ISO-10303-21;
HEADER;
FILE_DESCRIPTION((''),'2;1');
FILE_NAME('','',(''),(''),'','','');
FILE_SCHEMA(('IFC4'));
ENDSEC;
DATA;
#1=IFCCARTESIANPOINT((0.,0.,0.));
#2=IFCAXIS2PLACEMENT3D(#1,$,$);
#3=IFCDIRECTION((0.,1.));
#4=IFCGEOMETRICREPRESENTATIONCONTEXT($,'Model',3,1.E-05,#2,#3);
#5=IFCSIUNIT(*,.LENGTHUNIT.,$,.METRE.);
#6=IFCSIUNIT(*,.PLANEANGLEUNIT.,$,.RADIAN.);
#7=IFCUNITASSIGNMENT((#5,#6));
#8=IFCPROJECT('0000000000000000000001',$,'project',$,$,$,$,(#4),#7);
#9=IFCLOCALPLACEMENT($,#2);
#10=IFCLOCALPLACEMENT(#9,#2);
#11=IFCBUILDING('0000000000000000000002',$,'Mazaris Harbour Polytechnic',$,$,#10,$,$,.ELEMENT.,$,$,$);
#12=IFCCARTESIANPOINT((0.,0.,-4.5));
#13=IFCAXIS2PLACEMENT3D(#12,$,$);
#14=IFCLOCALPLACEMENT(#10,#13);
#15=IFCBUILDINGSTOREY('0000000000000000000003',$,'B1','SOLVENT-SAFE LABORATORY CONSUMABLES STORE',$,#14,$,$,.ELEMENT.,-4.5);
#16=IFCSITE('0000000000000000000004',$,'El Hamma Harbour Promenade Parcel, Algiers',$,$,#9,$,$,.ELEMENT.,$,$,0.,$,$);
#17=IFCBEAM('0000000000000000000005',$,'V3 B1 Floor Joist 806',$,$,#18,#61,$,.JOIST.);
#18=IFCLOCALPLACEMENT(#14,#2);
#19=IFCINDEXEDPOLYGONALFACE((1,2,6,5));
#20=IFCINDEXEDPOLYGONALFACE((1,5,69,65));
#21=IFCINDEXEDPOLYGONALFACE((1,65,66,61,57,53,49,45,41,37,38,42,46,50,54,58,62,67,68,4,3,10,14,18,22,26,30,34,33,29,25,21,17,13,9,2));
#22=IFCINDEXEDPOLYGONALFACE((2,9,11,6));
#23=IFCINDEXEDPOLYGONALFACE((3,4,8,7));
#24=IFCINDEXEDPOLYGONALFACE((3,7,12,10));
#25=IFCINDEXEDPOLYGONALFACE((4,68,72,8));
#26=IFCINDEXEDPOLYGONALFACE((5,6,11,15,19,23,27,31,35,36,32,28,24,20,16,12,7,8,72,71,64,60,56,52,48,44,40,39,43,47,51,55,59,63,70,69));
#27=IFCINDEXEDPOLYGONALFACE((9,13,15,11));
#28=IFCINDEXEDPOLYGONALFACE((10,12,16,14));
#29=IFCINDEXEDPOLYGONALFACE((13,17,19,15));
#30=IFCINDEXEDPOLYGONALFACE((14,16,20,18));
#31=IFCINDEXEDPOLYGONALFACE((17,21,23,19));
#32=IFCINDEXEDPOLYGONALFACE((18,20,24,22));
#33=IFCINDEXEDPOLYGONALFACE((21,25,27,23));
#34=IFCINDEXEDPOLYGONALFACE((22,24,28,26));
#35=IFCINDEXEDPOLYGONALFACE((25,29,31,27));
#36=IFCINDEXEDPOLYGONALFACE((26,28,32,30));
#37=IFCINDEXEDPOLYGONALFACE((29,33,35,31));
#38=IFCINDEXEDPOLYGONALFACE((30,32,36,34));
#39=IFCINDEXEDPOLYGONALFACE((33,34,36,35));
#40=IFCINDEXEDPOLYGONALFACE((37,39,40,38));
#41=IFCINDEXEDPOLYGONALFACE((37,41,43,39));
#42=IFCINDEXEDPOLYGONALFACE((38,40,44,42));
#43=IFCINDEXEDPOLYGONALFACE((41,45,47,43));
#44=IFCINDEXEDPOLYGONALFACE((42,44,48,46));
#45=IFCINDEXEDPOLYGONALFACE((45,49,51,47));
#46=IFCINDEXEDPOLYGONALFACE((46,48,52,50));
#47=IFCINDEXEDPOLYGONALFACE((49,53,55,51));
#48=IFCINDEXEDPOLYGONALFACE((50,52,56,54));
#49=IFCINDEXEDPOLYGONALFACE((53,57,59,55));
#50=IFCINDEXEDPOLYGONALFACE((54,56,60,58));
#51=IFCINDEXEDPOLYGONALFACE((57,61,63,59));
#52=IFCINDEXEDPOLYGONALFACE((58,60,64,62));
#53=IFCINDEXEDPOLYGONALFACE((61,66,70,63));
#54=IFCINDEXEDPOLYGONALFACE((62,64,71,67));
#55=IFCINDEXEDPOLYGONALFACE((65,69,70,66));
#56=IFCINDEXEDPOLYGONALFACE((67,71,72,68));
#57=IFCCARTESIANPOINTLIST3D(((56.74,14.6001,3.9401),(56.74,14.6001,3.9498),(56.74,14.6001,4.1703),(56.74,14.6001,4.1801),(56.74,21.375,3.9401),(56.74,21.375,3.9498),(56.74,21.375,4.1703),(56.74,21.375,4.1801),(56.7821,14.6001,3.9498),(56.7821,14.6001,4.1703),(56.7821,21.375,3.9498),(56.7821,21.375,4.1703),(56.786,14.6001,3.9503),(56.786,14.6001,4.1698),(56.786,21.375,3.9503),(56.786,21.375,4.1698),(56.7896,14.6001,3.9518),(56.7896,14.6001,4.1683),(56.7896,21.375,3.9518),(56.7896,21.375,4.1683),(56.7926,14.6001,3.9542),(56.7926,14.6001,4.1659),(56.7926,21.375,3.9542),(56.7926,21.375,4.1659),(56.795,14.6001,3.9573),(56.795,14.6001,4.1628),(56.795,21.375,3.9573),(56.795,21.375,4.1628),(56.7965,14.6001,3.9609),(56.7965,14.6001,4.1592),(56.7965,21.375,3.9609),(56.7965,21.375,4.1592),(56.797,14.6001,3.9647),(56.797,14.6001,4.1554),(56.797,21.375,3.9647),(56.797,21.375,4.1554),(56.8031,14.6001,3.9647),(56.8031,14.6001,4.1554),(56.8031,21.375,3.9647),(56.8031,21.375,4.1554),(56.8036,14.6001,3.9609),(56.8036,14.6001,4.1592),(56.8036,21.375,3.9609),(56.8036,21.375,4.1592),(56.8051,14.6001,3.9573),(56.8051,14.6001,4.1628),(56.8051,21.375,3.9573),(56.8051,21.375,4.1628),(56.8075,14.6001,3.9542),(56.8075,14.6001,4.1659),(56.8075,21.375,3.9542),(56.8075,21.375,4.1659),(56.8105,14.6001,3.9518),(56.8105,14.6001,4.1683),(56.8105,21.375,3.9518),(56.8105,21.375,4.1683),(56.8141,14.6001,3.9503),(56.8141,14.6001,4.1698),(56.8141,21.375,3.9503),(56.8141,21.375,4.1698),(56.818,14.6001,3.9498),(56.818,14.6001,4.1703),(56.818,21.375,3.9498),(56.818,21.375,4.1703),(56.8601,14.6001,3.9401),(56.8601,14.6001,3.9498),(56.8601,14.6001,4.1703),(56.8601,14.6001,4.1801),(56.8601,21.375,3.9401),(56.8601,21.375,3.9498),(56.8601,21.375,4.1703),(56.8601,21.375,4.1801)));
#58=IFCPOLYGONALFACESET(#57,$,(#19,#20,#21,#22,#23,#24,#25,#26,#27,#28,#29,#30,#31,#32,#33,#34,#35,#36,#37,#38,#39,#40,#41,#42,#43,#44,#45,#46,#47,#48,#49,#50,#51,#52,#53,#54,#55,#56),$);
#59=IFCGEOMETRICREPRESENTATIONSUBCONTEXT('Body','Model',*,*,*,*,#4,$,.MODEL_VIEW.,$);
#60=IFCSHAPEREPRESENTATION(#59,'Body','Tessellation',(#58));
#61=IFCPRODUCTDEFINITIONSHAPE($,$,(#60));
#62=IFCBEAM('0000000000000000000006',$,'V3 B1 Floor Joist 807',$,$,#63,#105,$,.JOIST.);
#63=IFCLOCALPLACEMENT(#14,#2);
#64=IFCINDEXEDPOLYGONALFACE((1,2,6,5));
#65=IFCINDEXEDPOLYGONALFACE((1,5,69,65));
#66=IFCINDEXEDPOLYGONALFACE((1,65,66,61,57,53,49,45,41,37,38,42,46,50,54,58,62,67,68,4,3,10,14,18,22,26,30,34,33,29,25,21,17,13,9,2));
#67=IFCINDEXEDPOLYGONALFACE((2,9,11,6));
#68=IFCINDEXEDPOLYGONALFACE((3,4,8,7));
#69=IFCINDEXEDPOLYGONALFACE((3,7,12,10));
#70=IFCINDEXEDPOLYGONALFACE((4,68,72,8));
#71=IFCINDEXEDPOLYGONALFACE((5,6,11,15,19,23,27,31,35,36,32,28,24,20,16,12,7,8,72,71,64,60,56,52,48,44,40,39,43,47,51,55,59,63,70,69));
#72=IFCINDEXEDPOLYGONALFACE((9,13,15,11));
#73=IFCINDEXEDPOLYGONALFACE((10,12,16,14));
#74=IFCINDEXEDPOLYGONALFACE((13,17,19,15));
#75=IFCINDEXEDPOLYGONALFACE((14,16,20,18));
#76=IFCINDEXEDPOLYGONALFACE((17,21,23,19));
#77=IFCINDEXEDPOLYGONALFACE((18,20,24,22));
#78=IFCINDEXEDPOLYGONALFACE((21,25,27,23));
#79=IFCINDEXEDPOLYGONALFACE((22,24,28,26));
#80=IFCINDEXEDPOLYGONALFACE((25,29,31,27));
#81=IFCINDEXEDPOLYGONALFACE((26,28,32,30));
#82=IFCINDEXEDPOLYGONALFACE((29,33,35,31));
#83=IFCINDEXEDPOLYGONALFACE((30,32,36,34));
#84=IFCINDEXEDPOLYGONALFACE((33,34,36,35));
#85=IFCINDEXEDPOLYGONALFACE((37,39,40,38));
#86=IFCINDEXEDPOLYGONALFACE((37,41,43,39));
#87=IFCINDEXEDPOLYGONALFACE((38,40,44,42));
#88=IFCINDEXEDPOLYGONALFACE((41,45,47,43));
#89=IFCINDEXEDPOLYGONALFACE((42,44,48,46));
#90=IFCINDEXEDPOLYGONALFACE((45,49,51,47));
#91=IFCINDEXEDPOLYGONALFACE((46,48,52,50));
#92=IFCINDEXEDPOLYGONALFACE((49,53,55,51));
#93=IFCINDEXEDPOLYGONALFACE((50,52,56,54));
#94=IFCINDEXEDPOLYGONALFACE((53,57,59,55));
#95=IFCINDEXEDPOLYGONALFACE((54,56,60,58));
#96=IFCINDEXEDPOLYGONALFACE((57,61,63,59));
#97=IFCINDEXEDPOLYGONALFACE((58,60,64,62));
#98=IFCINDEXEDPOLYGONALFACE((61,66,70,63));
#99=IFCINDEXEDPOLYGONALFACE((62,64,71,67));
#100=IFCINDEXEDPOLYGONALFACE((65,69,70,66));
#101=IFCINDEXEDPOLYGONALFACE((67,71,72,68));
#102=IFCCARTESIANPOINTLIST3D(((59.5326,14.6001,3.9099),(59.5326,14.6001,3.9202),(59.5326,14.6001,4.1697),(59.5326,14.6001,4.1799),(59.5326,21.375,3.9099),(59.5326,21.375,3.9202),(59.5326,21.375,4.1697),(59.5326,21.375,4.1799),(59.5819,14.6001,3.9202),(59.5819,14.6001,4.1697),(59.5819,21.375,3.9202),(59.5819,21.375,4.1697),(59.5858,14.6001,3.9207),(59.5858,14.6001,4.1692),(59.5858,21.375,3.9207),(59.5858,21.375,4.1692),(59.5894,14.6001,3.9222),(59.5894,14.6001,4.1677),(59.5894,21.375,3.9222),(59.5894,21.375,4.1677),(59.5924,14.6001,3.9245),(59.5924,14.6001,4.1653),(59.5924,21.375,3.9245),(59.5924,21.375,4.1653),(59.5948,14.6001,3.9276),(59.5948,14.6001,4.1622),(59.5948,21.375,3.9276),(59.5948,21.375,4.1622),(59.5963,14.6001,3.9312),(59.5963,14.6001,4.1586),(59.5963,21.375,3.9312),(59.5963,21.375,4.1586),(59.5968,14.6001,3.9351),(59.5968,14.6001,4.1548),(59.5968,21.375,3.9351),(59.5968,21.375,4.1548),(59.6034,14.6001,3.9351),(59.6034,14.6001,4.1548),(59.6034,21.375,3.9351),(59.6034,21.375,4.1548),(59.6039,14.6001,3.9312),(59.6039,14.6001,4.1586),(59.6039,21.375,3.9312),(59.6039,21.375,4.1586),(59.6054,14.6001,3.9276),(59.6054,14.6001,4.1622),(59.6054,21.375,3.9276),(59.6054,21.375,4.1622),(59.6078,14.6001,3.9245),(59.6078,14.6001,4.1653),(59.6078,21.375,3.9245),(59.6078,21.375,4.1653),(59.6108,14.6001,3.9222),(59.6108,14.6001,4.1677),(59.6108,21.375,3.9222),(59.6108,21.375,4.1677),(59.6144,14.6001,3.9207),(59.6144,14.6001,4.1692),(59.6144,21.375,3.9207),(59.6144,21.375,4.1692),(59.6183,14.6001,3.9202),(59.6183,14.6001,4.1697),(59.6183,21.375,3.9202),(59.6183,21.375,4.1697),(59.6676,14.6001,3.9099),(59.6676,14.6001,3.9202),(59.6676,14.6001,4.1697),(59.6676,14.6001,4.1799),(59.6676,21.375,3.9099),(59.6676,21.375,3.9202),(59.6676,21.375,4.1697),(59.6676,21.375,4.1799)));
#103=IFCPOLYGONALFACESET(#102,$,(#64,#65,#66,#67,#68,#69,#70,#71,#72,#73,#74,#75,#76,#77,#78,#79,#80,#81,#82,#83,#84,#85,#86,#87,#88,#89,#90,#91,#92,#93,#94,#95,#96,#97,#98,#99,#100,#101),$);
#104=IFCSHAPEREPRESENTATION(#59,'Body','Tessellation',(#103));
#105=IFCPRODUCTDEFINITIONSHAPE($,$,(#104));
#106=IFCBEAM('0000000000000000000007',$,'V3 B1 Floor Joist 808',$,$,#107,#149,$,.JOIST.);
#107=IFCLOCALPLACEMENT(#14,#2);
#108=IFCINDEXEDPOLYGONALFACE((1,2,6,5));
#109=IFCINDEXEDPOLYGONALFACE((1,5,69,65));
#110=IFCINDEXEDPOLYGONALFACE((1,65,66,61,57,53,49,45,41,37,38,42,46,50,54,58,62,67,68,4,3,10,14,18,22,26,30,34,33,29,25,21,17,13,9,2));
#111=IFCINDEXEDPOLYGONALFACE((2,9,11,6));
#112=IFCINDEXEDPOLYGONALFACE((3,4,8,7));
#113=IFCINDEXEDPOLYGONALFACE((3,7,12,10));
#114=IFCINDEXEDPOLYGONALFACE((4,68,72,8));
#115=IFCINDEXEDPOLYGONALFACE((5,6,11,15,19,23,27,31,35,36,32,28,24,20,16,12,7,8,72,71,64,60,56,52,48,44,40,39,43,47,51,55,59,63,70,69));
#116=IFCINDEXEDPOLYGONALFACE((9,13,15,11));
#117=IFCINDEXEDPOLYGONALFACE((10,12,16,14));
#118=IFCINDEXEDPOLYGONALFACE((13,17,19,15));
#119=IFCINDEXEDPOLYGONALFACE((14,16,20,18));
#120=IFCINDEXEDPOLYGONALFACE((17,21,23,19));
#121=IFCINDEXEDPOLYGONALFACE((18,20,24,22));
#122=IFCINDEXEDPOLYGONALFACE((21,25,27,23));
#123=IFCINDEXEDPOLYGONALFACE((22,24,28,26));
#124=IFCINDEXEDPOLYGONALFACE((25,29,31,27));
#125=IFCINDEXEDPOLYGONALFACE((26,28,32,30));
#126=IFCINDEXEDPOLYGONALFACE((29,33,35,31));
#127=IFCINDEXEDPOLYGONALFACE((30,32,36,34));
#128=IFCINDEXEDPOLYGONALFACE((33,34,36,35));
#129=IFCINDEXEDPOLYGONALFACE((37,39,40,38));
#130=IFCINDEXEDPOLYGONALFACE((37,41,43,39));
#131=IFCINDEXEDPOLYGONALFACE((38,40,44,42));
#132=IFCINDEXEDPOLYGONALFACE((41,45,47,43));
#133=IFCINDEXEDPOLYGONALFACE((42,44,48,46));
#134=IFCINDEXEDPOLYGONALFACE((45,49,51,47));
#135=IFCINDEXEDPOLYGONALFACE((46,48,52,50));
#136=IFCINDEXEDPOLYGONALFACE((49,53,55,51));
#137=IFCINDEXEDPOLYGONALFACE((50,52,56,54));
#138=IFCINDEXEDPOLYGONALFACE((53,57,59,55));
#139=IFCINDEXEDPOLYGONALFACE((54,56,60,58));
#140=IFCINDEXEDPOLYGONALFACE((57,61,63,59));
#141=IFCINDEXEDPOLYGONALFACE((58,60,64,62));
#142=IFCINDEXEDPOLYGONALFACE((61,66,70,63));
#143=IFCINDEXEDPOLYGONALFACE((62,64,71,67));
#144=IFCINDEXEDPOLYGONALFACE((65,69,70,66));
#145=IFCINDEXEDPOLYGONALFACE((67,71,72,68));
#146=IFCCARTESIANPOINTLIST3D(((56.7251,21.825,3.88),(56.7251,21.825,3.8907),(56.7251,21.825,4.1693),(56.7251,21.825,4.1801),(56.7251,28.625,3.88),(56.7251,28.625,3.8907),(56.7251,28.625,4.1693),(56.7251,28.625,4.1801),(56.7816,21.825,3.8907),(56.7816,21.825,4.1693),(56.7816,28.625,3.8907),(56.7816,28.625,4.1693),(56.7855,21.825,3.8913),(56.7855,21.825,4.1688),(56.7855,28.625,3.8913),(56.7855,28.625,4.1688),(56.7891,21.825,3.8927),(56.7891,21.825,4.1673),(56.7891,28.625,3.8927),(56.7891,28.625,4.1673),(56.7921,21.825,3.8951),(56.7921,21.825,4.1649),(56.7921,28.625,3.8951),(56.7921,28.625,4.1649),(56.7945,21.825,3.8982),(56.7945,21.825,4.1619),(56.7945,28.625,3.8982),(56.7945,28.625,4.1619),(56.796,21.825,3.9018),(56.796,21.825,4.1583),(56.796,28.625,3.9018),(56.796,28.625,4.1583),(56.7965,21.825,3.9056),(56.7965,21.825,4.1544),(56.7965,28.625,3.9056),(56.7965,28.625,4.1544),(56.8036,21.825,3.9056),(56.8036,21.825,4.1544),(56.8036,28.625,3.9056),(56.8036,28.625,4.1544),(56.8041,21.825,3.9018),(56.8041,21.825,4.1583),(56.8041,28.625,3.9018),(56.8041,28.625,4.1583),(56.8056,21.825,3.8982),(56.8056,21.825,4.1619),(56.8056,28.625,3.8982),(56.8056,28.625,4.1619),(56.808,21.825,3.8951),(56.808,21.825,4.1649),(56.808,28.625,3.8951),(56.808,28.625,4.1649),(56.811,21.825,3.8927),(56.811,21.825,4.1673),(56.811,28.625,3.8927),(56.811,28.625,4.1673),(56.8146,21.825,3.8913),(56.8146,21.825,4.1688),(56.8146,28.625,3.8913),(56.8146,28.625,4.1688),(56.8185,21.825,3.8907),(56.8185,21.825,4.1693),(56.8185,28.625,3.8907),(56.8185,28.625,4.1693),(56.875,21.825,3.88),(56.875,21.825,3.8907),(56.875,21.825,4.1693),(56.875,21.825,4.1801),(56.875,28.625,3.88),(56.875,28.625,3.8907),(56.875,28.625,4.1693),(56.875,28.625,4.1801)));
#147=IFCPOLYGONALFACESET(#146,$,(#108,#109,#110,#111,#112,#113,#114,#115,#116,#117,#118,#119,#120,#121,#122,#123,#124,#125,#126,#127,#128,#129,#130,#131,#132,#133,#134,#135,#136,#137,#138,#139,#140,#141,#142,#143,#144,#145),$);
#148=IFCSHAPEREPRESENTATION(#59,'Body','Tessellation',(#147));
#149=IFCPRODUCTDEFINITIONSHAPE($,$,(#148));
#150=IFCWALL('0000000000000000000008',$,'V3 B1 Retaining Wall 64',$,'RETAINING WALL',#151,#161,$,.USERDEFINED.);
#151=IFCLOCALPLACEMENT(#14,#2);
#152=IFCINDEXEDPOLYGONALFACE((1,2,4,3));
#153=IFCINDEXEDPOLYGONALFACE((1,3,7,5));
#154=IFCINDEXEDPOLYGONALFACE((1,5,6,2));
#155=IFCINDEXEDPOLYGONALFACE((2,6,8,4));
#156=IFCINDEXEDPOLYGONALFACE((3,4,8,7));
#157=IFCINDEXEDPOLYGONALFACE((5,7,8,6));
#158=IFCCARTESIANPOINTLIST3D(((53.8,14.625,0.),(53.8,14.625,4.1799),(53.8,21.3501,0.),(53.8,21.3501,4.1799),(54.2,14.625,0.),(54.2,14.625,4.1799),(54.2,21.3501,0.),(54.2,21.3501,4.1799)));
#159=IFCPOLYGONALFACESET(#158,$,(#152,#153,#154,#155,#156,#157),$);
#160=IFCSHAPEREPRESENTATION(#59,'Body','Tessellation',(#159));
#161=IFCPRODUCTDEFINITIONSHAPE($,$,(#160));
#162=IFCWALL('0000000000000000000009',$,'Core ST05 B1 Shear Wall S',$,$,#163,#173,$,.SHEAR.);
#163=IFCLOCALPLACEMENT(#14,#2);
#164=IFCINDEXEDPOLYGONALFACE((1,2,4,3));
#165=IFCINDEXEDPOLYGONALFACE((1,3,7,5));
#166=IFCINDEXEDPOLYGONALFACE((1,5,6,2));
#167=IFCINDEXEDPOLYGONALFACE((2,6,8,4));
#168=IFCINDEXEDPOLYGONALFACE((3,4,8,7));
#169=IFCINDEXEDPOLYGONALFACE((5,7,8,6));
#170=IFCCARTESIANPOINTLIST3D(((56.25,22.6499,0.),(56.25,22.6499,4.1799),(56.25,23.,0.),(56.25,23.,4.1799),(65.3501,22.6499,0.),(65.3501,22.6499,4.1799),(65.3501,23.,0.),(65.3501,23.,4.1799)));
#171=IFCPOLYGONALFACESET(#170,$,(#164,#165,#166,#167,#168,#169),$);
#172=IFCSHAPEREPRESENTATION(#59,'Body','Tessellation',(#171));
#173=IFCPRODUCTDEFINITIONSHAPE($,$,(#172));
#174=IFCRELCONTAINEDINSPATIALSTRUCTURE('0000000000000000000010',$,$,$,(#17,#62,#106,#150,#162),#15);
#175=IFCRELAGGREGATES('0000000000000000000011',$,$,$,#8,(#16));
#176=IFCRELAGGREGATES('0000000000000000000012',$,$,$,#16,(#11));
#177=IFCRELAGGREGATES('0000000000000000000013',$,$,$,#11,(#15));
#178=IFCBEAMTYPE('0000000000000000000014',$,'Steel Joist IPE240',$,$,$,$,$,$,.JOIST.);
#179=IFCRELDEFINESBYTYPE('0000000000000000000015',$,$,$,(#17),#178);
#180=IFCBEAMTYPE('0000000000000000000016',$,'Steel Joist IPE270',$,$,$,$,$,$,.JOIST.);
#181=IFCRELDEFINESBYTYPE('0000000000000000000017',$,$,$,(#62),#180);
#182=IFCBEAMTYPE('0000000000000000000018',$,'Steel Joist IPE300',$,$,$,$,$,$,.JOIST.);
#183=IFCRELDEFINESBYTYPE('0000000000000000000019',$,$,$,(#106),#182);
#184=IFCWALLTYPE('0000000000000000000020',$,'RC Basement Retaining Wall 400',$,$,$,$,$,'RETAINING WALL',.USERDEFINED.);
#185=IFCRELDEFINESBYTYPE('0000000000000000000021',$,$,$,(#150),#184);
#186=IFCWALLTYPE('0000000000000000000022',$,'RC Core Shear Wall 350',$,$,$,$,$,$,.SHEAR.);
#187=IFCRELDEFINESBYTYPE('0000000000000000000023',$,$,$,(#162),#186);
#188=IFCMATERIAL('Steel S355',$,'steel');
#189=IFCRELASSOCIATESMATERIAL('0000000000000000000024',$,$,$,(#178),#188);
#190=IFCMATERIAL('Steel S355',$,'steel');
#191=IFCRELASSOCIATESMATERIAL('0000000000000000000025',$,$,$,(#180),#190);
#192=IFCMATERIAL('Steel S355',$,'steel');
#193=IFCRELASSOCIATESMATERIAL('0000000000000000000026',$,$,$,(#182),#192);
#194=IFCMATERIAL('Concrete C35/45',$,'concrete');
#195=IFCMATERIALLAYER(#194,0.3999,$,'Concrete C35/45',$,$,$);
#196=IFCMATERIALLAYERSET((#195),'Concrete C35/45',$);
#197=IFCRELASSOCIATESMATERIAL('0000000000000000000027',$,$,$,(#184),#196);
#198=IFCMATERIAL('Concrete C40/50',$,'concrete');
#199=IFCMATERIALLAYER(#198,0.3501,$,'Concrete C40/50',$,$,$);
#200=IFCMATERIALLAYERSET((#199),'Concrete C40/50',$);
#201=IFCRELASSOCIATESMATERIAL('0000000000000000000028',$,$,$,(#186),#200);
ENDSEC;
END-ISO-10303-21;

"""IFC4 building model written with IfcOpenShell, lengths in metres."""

from ifc_helpers import new_model, si_unit, direction, frame, frame_2d, origin, origin_2d, place, context, subcontext, project, spatial, rectangle, i_section, extrude, material, layer, layer_set, material_profile, profile_set, type_object, element, save


model = new_model("IFC4")

# Units and contexts
model_context = context("Model", 3, precision=1e-05, world=origin(), true_north=direction((0.0, 1.0)))
body_context = subcontext(model_context, "Body", "Model", "MODEL_VIEW")
ifc_project = project(units=[si_unit("LENGTHUNIT", "METRE"), si_unit("PLANEANGLEUNIT", "RADIAN")], contexts=[model_context])

# Site, building, storey
site_placement = place(None, origin())
site = spatial("IfcSite", under=ifc_project, at=site_placement, Name="El Hamma Harbour Promenade Parcel, Algiers", CompositionType="ELEMENT", RefElevation=0.0)
building_placement = place(site_placement, origin())
building = spatial("IfcBuilding", under=site, at=building_placement, Name="Mazaris Harbour Polytechnic", CompositionType="ELEMENT")
storey_placement = place(building_placement, frame((0.0, 0.0, -4.5)))
storey = spatial("IfcBuildingStorey", under=building, at=storey_placement, Name="B1", Description="SOLVENT-SAFE LABORATORY CONSUMABLES STORE", CompositionType="ELEMENT", Elevation=-4.5)

# Beams
ifc_material_1 = material(Name="Steel S355", Category="steel")
ifc_material_profile_1 = material_profile(ifc_material_1, i_section(OverallWidth=0.1201, OverallDepth=0.24, WebThickness=0.0061, FlangeThickness=0.0098, FilletRadius=0.0149, at=origin_2d()), Name="IPE 240")
ifc_profile_set_1 = profile_set([ifc_material_profile_1], Name="Steel S355")
beam_type_1 = type_object("IfcBeamType", Name="Steel Joist IPE240", PredefinedType="JOIST", material=ifc_profile_set_1)
beam_1_placement = place(storey_placement, frame((56.8, 14.6001, 4.0601), z_axis=(0.0, 1.0, 0.0), x_axis=(-1.0, 0.0, 0.0)))
element("IfcBeam", 1, at=beam_1_placement, inside=storey, type_object=beam_type_1, Name="V3 B1 Floor Joist 806", PredefinedType="JOIST", context=body_context, shape_type="SweptSolid", body=[
    extrude(i_section(OverallWidth=0.1201, OverallDepth=0.24, WebThickness=0.0061, FlangeThickness=0.0098, FilletRadius=0.0149, at=origin_2d()), origin(), (0.0, 0.0, 1.0), 6.7749),
])
ifc_material_2 = material(Name="Steel S355", Category="steel")
ifc_material_profile_2 = material_profile(ifc_material_2, i_section(OverallWidth=0.135, OverallDepth=0.27, WebThickness=0.0066, FlangeThickness=0.0103, FilletRadius=0.0149, at=origin_2d()), Name="IPE 270")
ifc_profile_set_2 = profile_set([ifc_material_profile_2], Name="Steel S355")
beam_type_2 = type_object("IfcBeamType", Name="Steel Joist IPE270", PredefinedType="JOIST", material=ifc_profile_set_2)
beam_2_placement = place(storey_placement, frame((59.6001, 14.6001, 4.0449), z_axis=(0.0, 1.0, 0.0), x_axis=(-1.0, 0.0, 0.0)))
element("IfcBeam", 2, at=beam_2_placement, inside=storey, type_object=beam_type_2, Name="V3 B1 Floor Joist 807", PredefinedType="JOIST", context=body_context, shape_type="SweptSolid", body=[
    extrude(i_section(OverallWidth=0.135, OverallDepth=0.27, WebThickness=0.0066, FlangeThickness=0.0103, FilletRadius=0.0149, at=origin_2d()), origin(), (0.0, 0.0, 1.0), 6.7749),
])
ifc_material_3 = material(Name="Steel S355", Category="steel")
ifc_material_profile_3 = material_profile(ifc_material_3, i_section(OverallWidth=0.1499, OverallDepth=0.3, WebThickness=0.0071, FlangeThickness=0.0107, FilletRadius=0.0149, at=origin_2d()), Name="IPE 300")
ifc_profile_set_3 = profile_set([ifc_material_profile_3], Name="Steel S355")
beam_type_3 = type_object("IfcBeamType", Name="Steel Joist IPE300", PredefinedType="JOIST", material=ifc_profile_set_3)
beam_3_placement = place(storey_placement, frame((56.8, 21.825, 4.03), z_axis=(0.0, 1.0, 0.0), x_axis=(-1.0, 0.0, 0.0)))
element("IfcBeam", 3, at=beam_3_placement, inside=storey, type_object=beam_type_3, Name="V3 B1 Floor Joist 808", PredefinedType="JOIST", context=body_context, shape_type="SweptSolid", body=[
    extrude(i_section(OverallWidth=0.1499, OverallDepth=0.3, WebThickness=0.0071, FlangeThickness=0.0107, FilletRadius=0.0149, at=origin_2d()), origin(), (0.0, 0.0, 1.0), 6.8),
])

# Walls
ifc_material_4 = material(Name="Concrete C35/45", Category="concrete")
ifc_layer_1 = layer(ifc_material_4, 0.3999, Name="Concrete C35/45")
ifc_layer_set_1 = layer_set([ifc_layer_1], Name="Concrete C35/45")
wall_type_1 = type_object("IfcWallType", Name="RC Basement Retaining Wall 400", ElementType="RETAINING WALL", PredefinedType="USERDEFINED", material=ifc_layer_set_1)
wall_1_placement = place(storey_placement, frame((54.0, 14.625, 0.0), z_axis=(0.0, 0.0, 1.0), x_axis=(0.0, 1.0, 0.0)))
element("IfcWall", 4, at=wall_1_placement, inside=storey, type_object=wall_type_1, Name="V3 B1 Retaining Wall 64", ObjectType="RETAINING WALL", PredefinedType="USERDEFINED", context=body_context, shape_type="SweptSolid", body=[
    extrude(rectangle(XDim=6.7251, YDim=0.3999, at=frame_2d((3.3625, 0.0))), origin(), (0.0, 0.0, 1.0), 4.1799),
])
ifc_material_5 = material(Name="Concrete C40/50", Category="concrete")
ifc_layer_2 = layer(ifc_material_5, 0.3501, Name="Concrete C40/50")
ifc_layer_set_2 = layer_set([ifc_layer_2], Name="Concrete C40/50")
wall_type_2 = type_object("IfcWallType", Name="RC Core Shear Wall 350", PredefinedType="SHEAR", material=ifc_layer_set_2)
wall_2_placement = place(storey_placement, frame((56.25, 22.825, 0.0), z_axis=(0.0, 0.0, 1.0), x_axis=(1.0, 0.0, 0.0)))
element("IfcWall", 5, at=wall_2_placement, inside=storey, type_object=wall_type_2, Name="Core ST05 B1 Shear Wall S", PredefinedType="SHEAR", context=body_context, shape_type="SweptSolid", body=[
    extrude(rectangle(XDim=9.1001, YDim=0.3501, at=frame_2d((4.55, 0.0))), origin(), (0.0, 0.0, 1.0), 4.1799),
])

save(model, "model.ifc")
